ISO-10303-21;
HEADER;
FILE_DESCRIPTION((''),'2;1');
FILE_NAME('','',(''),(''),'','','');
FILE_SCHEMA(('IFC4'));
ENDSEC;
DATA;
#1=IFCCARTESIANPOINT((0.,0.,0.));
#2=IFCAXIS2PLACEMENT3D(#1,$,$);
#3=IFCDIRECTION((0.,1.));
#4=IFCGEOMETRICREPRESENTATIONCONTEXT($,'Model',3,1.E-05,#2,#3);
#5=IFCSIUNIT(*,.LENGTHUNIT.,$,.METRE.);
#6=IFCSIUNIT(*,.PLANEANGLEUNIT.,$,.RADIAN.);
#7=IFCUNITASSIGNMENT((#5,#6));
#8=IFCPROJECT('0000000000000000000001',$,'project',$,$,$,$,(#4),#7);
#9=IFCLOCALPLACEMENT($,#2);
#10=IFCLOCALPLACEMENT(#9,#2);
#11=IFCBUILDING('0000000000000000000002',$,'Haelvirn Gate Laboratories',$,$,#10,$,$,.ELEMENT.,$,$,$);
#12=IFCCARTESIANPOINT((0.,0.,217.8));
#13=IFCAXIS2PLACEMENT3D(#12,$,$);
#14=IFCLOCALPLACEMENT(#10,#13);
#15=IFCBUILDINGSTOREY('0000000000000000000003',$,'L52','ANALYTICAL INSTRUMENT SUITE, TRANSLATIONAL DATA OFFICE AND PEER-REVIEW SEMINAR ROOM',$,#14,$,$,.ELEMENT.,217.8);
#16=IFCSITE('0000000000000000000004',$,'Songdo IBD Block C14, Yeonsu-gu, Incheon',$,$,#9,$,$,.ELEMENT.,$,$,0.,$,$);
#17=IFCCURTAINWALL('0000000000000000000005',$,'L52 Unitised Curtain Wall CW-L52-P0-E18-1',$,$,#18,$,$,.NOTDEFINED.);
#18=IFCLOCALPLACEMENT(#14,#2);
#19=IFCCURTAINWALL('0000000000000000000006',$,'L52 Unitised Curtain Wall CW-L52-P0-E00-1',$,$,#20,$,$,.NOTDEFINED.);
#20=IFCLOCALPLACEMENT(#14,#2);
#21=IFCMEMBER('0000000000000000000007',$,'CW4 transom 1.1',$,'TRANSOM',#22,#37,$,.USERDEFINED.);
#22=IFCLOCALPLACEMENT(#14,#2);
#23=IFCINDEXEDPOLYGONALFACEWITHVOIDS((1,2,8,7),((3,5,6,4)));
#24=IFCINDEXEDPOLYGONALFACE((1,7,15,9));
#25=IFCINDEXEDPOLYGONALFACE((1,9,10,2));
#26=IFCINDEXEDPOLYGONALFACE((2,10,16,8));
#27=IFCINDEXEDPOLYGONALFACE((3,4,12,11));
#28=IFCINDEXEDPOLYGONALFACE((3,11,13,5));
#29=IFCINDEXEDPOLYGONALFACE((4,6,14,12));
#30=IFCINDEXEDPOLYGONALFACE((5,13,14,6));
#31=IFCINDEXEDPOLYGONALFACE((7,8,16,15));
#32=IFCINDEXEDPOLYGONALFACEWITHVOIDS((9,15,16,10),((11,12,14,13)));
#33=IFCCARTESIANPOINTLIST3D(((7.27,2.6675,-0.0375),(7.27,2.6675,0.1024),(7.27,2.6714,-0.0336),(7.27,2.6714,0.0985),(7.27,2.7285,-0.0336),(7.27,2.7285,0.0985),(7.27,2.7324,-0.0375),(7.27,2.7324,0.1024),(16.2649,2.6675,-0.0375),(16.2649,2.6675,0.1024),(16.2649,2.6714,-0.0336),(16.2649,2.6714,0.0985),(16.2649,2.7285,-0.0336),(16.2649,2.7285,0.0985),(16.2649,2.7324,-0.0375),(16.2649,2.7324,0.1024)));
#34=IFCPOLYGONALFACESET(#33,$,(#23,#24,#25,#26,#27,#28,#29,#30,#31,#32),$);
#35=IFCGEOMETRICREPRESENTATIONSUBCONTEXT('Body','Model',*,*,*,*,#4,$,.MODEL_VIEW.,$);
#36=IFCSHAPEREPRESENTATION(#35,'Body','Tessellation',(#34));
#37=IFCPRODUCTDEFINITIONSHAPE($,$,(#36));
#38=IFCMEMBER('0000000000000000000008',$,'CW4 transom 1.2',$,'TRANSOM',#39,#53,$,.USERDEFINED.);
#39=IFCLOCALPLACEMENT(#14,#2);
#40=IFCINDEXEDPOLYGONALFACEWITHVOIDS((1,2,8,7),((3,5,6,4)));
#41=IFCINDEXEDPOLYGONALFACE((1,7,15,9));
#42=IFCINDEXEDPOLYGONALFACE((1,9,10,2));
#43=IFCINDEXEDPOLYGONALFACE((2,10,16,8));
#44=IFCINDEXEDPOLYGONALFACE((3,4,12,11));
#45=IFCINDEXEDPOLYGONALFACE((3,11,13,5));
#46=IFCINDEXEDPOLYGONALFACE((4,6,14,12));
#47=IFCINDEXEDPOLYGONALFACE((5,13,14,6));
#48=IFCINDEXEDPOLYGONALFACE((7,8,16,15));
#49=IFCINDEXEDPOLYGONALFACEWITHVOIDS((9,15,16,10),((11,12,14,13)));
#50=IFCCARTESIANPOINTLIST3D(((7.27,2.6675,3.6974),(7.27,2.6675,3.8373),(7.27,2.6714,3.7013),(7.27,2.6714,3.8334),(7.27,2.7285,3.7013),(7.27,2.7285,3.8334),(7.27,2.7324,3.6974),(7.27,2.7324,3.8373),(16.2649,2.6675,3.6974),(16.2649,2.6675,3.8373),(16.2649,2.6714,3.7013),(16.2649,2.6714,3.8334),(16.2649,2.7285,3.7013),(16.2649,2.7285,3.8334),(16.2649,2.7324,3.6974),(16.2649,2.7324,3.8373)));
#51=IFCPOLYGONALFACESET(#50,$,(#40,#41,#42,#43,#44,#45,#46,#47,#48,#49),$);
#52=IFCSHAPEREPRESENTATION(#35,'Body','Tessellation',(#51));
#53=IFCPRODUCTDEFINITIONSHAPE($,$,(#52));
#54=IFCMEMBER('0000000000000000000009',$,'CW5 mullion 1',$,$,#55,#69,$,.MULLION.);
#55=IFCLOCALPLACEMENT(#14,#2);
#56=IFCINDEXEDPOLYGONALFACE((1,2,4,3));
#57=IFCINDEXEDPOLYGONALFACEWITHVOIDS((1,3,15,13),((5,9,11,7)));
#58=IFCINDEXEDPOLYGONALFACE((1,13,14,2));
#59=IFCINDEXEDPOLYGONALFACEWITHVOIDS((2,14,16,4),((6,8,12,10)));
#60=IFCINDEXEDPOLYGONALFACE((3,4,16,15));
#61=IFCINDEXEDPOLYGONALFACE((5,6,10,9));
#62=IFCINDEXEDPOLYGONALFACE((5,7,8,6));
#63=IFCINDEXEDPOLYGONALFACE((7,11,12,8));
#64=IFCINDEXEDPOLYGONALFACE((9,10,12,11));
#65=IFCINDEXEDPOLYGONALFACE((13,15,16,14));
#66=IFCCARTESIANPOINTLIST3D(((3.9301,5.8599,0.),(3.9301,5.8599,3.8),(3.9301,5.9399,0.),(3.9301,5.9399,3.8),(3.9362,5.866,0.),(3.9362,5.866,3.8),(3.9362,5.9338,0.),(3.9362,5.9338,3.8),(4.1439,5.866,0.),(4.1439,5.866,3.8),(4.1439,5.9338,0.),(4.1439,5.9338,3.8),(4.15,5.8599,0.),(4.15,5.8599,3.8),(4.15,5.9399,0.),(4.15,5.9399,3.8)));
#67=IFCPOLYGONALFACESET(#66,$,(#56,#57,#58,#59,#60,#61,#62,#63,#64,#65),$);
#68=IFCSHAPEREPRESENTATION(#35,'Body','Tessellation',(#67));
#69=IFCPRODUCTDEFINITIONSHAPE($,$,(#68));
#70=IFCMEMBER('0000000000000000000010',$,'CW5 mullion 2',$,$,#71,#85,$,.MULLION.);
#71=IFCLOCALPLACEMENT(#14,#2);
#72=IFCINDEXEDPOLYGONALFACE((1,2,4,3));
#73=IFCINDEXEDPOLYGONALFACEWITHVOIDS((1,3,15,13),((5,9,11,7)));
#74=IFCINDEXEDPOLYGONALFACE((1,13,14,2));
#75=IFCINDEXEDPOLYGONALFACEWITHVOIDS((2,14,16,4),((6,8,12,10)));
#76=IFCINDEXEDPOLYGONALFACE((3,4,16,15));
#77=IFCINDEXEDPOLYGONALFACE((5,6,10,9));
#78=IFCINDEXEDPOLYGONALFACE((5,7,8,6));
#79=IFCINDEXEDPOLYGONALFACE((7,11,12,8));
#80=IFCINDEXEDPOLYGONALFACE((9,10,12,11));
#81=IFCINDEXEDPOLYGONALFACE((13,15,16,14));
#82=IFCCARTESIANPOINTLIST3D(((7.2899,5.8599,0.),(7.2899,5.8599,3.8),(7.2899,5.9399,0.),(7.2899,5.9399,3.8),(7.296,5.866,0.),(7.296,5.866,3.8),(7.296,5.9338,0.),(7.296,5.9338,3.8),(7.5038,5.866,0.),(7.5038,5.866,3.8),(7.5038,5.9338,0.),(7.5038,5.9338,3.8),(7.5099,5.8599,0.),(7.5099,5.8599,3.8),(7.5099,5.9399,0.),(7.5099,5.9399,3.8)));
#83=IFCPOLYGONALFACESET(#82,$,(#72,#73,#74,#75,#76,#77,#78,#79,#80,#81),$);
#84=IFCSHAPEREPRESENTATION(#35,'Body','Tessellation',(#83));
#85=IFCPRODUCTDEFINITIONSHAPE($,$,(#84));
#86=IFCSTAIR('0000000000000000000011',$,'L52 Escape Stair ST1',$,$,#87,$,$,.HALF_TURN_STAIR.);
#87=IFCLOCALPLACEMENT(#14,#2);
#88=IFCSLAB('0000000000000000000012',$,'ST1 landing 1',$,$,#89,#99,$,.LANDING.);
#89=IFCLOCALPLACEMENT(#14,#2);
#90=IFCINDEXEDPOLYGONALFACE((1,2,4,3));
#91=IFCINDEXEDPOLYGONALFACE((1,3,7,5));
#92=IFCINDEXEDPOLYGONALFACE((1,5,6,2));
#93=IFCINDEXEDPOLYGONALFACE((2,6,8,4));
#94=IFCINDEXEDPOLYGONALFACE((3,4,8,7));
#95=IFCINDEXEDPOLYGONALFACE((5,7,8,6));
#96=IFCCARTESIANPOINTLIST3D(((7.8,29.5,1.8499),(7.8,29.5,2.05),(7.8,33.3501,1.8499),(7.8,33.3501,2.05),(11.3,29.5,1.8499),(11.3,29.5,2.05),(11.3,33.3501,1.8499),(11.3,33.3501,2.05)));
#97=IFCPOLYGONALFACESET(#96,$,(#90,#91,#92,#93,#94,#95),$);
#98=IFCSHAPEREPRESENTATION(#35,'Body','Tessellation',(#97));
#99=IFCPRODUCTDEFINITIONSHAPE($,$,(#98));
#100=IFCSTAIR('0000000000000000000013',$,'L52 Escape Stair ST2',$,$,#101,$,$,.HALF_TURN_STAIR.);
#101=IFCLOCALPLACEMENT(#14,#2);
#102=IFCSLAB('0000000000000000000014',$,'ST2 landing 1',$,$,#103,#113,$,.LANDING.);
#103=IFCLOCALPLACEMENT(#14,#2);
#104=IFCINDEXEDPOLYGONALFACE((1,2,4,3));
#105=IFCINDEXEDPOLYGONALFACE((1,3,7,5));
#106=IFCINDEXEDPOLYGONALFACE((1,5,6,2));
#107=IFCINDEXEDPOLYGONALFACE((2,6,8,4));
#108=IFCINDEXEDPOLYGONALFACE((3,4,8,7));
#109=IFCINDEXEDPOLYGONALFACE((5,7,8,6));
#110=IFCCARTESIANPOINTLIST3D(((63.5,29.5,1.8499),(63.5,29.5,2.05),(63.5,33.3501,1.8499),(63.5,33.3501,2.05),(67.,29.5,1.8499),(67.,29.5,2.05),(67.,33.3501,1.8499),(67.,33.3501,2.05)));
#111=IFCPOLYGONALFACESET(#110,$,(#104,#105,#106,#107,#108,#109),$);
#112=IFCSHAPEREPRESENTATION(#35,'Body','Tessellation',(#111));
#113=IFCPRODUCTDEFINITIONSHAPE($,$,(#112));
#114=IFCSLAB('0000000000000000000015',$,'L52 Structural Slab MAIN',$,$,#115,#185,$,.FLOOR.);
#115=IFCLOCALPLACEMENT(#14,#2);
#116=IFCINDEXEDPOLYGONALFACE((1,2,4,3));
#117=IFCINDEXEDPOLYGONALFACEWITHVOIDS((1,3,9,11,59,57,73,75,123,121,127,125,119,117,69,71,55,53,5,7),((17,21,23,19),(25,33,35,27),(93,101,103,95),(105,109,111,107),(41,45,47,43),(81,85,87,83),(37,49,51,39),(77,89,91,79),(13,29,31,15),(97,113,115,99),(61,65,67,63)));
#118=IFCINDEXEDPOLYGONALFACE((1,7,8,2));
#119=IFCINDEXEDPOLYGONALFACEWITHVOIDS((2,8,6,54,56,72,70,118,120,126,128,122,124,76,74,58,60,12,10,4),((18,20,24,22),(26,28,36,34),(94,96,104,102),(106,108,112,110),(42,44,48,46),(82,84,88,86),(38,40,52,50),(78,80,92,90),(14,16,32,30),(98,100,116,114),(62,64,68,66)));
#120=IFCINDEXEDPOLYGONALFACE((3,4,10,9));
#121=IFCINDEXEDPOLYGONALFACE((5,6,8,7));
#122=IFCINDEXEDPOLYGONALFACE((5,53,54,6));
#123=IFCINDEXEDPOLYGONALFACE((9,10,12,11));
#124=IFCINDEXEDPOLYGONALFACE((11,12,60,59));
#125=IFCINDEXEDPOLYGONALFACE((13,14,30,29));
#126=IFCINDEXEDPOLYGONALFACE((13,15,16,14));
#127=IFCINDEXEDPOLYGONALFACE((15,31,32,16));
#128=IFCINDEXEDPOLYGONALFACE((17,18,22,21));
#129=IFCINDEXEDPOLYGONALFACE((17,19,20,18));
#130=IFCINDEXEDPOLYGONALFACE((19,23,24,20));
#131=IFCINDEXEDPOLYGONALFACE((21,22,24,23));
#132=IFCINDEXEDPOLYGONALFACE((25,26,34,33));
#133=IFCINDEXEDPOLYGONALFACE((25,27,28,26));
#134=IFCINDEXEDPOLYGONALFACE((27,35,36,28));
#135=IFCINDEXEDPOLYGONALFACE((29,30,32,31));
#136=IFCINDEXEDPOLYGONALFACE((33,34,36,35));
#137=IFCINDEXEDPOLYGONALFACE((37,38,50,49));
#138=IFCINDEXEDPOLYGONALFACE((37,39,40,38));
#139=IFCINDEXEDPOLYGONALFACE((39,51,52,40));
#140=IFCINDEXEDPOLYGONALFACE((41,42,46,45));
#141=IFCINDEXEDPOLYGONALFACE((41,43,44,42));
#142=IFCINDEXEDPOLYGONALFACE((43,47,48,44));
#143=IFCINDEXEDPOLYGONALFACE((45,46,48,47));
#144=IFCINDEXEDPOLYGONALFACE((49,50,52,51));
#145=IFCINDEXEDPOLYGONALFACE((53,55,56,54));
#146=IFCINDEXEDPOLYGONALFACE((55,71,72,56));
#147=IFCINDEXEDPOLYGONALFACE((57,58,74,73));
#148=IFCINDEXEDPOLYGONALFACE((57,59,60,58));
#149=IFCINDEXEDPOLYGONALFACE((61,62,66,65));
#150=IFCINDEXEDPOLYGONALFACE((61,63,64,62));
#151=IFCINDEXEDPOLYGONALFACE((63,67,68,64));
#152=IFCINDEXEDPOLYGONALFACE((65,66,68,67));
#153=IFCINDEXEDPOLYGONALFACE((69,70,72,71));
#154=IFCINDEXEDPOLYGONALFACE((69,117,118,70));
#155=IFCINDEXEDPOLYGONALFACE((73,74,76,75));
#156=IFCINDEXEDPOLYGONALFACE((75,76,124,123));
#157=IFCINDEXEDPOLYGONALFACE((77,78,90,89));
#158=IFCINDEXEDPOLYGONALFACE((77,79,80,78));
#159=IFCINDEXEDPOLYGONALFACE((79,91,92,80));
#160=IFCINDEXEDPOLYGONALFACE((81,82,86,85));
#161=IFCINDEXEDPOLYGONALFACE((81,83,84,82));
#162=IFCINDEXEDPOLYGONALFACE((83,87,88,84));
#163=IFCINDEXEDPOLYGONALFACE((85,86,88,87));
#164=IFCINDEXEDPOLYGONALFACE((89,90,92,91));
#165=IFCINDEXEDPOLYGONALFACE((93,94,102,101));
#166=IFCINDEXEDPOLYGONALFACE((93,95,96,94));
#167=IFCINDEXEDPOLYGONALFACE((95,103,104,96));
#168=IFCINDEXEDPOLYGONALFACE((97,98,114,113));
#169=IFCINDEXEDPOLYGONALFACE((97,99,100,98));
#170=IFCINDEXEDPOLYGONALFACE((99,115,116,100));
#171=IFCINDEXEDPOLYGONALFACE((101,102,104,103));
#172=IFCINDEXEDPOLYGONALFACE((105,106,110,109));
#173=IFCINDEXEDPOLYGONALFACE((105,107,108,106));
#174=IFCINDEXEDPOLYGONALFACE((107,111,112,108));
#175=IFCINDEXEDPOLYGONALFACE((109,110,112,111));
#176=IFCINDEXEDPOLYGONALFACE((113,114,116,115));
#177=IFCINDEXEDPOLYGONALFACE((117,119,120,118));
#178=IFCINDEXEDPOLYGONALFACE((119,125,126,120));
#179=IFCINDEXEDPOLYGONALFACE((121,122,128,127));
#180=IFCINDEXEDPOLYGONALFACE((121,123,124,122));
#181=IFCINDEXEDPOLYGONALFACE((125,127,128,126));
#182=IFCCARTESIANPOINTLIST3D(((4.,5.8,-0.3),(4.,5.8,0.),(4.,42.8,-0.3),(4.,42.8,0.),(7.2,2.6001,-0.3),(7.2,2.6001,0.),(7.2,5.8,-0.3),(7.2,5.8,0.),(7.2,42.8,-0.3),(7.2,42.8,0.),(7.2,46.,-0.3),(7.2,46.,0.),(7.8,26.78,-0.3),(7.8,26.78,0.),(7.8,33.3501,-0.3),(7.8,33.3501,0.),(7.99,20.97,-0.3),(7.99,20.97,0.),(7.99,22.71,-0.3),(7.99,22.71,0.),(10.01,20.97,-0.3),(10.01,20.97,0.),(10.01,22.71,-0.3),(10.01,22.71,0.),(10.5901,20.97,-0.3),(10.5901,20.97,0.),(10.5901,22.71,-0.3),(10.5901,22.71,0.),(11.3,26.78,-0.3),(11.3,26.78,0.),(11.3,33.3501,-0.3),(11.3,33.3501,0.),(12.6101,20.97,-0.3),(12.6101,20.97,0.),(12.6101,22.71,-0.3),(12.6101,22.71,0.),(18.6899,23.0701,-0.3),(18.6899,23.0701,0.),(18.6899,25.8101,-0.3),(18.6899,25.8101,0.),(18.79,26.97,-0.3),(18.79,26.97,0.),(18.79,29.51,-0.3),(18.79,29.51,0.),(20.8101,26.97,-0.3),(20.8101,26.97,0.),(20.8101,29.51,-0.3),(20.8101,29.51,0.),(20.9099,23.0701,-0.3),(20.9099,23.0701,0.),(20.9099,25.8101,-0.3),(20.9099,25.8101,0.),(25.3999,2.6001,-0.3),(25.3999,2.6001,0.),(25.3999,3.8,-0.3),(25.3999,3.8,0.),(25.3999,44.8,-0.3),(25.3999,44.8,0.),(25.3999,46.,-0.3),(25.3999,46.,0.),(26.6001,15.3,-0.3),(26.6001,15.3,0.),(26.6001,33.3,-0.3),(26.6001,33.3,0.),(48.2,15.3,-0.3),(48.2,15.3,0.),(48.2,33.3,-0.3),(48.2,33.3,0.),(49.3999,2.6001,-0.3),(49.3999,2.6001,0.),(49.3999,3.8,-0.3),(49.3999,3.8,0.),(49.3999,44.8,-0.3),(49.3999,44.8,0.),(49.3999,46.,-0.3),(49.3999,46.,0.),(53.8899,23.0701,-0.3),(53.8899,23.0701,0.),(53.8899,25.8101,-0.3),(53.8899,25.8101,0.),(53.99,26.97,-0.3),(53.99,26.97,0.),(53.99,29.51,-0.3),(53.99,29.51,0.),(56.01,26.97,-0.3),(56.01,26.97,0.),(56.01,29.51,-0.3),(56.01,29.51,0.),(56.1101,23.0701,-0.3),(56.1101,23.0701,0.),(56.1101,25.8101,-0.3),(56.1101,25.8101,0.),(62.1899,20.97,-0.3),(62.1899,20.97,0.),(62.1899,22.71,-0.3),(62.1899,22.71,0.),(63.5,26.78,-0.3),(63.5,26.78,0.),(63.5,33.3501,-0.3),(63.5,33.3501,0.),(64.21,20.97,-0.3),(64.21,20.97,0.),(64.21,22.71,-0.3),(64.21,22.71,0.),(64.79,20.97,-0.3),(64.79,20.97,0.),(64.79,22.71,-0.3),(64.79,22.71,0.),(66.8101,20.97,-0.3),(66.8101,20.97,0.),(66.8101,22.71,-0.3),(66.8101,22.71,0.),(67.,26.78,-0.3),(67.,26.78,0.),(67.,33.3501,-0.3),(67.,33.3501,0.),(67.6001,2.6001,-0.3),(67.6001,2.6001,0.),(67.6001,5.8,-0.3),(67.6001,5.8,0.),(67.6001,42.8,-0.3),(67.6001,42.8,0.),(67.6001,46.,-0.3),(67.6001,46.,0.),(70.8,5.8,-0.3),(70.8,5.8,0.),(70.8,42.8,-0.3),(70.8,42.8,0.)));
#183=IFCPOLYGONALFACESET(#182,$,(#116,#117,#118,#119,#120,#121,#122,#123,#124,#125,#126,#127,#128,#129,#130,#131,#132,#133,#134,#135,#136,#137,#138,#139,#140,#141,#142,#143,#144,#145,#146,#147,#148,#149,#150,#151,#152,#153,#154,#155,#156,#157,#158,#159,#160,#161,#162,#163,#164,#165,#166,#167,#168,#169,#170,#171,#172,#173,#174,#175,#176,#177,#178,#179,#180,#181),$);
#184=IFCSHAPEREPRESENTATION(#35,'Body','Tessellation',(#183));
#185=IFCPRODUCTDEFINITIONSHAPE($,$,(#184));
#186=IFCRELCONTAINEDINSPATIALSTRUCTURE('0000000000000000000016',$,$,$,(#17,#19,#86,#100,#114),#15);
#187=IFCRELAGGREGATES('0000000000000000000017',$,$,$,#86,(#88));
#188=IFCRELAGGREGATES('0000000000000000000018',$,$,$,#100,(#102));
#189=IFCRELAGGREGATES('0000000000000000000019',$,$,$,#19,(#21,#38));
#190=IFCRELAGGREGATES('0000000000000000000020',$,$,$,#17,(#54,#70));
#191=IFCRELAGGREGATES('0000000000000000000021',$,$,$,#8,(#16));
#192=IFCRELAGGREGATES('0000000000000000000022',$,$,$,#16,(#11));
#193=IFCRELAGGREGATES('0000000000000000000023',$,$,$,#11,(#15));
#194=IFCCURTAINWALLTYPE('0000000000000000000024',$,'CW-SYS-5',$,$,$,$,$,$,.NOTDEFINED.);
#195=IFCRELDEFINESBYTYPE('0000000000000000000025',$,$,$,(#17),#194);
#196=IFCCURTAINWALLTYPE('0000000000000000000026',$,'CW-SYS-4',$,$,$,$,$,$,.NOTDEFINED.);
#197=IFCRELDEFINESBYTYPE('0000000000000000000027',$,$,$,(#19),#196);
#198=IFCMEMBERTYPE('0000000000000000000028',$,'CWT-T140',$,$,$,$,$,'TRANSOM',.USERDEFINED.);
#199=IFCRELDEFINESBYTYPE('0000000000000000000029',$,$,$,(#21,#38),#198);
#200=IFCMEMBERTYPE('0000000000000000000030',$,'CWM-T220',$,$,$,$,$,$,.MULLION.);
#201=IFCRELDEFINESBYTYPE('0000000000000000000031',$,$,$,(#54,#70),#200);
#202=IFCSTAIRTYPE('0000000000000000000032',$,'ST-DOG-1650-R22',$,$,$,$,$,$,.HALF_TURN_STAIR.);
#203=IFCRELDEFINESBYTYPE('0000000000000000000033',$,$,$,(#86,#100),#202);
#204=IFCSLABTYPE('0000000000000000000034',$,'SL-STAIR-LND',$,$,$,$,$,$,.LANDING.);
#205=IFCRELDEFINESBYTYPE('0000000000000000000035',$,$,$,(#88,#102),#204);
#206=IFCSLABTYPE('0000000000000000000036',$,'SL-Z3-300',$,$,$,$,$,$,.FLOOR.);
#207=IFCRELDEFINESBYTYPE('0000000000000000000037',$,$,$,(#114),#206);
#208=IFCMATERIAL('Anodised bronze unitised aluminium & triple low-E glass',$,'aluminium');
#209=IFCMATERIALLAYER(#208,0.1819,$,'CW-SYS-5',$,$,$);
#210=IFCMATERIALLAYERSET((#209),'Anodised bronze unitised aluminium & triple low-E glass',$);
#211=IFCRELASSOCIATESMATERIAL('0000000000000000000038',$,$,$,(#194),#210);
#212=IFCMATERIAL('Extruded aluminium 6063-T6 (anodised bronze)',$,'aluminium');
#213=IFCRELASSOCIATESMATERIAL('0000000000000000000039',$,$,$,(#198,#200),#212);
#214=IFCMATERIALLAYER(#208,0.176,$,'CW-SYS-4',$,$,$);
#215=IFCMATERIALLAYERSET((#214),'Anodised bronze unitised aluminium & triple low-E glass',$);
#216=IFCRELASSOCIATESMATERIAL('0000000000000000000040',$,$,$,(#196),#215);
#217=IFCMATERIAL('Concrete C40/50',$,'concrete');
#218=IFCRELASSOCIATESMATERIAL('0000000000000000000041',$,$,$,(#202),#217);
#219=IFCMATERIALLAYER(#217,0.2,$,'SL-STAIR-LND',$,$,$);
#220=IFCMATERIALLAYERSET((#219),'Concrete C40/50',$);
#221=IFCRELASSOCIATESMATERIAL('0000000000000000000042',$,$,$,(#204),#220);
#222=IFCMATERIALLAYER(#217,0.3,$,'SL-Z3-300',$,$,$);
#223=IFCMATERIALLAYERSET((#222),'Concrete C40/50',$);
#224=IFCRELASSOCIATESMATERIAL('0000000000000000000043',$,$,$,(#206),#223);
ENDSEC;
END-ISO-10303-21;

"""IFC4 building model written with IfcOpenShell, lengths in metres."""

from ifc_helpers import new_model, si_unit, direction, frame, origin, origin_2d, place, context, subcontext, project, spatial, polyline, hollow_rectangle, outline, extrude, source, transform, mapped, material, layer, layer_set, material_profile, profile_set, type_object, type_shapes, element, aggregate, save


model = new_model("IFC4")

# Units and contexts
model_context = context("Model", 3, precision=1e-05, world=origin(), true_north=direction((0.0, 1.0)))
body_context = subcontext(model_context, "Body", "Model", "MODEL_VIEW")
ifc_project = project(units=[si_unit("LENGTHUNIT", "METRE"), si_unit("PLANEANGLEUNIT", "RADIAN")], contexts=[model_context])

# Site, building, storey
site_placement = place(None, origin())
site = spatial("IfcSite", under=ifc_project, at=site_placement, Name="Songdo IBD Block C14, Yeonsu-gu, Incheon", CompositionType="ELEMENT", RefElevation=0.0)
building_placement = place(site_placement, origin())
building = spatial("IfcBuilding", under=site, at=building_placement, Name="Haelvirn Gate Laboratories", CompositionType="ELEMENT")
storey_placement = place(building_placement, frame((0.0, 0.0, 217.8)))
storey = spatial("IfcBuildingStorey", under=building, at=storey_placement, Name="L52", Description="ANALYTICAL INSTRUMENT SUITE, TRANSLATIONAL DATA OFFICE AND PEER-REVIEW SEMINAR ROOM", CompositionType="ELEMENT", Elevation=217.8)

# Curtain wall
ifc_material_1 = material(Name="Anodised bronze unitised aluminium & triple low-E glass", Category="aluminium")
ifc_layer_1 = layer(ifc_material_1, 0.1819, Name="CW-SYS-5")
ifc_layer_set_1 = layer_set([ifc_layer_1], Name="Anodised bronze unitised aluminium & triple low-E glass")
curtain_wall_type_1 = type_object("IfcCurtainWallType", Name="CW-SYS-5", PredefinedType="NOTDEFINED", material=ifc_layer_set_1)
curtain_wall_1_placement = place(storey_placement, origin())
curtain_wall_1 = element("IfcCurtainWall", 1, at=curtain_wall_1_placement, inside=storey, type_object=curtain_wall_type_1, Name="L52 Unitised Curtain Wall CW-L52-P0-E18-1", PredefinedType="NOTDEFINED")
ifc_material_2 = material(Name="Extruded aluminium 6063-T6 (anodised bronze)", Category="aluminium")
ifc_material_profile_1 = material_profile(ifc_material_2, hollow_rectangle(XDim=0.0649, YDim=0.1399, WallThickness=0.0039, at=origin_2d()), Name="CWT-140x65x4")
ifc_profile_set_1 = profile_set([ifc_material_profile_1], Name="Extruded aluminium 6063-T6 (anodised bronze)")
member_type_1 = type_object("IfcMemberType", Name="CWT-T140", ElementType="TRANSOM", PredefinedType="USERDEFINED", material=ifc_profile_set_1)

# Curtain wall
ifc_layer_2 = layer(ifc_material_1, 0.176, Name="CW-SYS-4")
ifc_layer_set_2 = layer_set([ifc_layer_2], Name="Anodised bronze unitised aluminium & triple low-E glass")
curtain_wall_type_2 = type_object("IfcCurtainWallType", Name="CW-SYS-4", PredefinedType="NOTDEFINED", material=ifc_layer_set_2)
curtain_wall_2_placement = place(storey_placement, origin())
curtain_wall_2 = element("IfcCurtainWall", 2, at=curtain_wall_2_placement, inside=storey, type_object=curtain_wall_type_2, Name="L52 Unitised Curtain Wall CW-L52-P0-E00-1", PredefinedType="NOTDEFINED")

# Members
shared_shape_1 = source(origin(), body_context, "Body", "SweptSolid", [
    extrude(hollow_rectangle(XDim=0.0649, YDim=0.1399, WallThickness=0.0039, at=origin_2d()), origin(), (0.0, 0.0, 1.0), 8.9949),
])
member_1_placement = place(storey_placement, frame((7.27, 2.7, 0.0325), z_axis=(1.0, 0.0, 0.0), x_axis=(0.0, 1.0, 0.0)))
member_1 = element("IfcMember", 3, at=member_1_placement, type_object=member_type_1, Name="CW4 transom 1.1", ObjectType="TRANSOM", PredefinedType="USERDEFINED", context=body_context, shape_type="MappedRepresentation", body=[
    mapped(shared_shape_1, transform((0.0, 0.0, 0.0), scale=1.0)),
])
member_2_placement = place(storey_placement, frame((7.27, 2.7, 3.7673), z_axis=(1.0, 0.0, 0.0), x_axis=(0.0, 1.0, 0.0)))
member_2 = element("IfcMember", 4, at=member_2_placement, type_object=member_type_1, Name="CW4 transom 1.2", ObjectType="TRANSOM", PredefinedType="USERDEFINED", context=body_context, shape_type="MappedRepresentation", body=[
    mapped(shared_shape_1, transform((0.0, 0.0, 0.0), scale=1.0)),
])
ifc_material_profile_2 = material_profile(ifc_material_2, hollow_rectangle(XDim=0.0801, YDim=0.22, WallThickness=0.0061, at=origin_2d()), Name="CWM-220x80x6")
ifc_profile_set_2 = profile_set([ifc_material_profile_2], Name="Extruded aluminium 6063-T6 (anodised bronze)")
member_type_2 = type_object("IfcMemberType", Name="CWM-T220", PredefinedType="MULLION", material=ifc_profile_set_2)
shared_shape_2 = source(origin(), body_context, "Body", "SweptSolid", [
    extrude(hollow_rectangle(XDim=0.0801, YDim=0.22, WallThickness=0.0061, at=origin_2d()), origin(), (0.0, 0.0, 1.0), 3.8),
])
type_shapes(member_type_2, [shared_shape_2])
member_3_placement = place(storey_placement, frame((4.04, 5.8999, 0.0), z_axis=(0.0, 0.0, 1.0), x_axis=(0.0, 1.0, 0.0)))
member_3 = element("IfcMember", 5, at=member_3_placement, type_object=member_type_2, Name="CW5 mullion 1", PredefinedType="MULLION", context=body_context, shape_type="MappedRepresentation", body=[
    mapped(shared_shape_2, transform((0.0, 0.0, 0.0), scale=1.0)),
])
member_4_placement = place(storey_placement, frame((7.3999, 5.8999, 0.0), z_axis=(0.0, 0.0, 1.0), x_axis=(0.0, 1.0, 0.0)))
member_4 = element("IfcMember", 6, at=member_4_placement, type_object=member_type_2, Name="CW5 mullion 2", PredefinedType="MULLION", context=body_context, shape_type="MappedRepresentation", body=[
    mapped(shared_shape_2, transform((0.0, 0.0, 0.0), scale=1.0)),
])

# Stairs, slabs
ifc_material_3 = material(Name="Concrete C40/50", Category="concrete")
stair_type = type_object("IfcStairType", Name="ST-DOG-1650-R22", PredefinedType="HALF_TURN_STAIR", material=ifc_material_3)
stair_1_placement = place(storey_placement, origin())
stair_1 = element("IfcStair", 7, at=stair_1_placement, inside=storey, type_object=stair_type, Name="L52 Escape Stair ST1", PredefinedType="HALF_TURN_STAIR")
ifc_layer_3 = layer(ifc_material_3, 0.2, Name="SL-STAIR-LND")
ifc_layer_set_3 = layer_set([ifc_layer_3], Name="Concrete C40/50")
slab_type_1 = type_object("IfcSlabType", Name="SL-STAIR-LND", PredefinedType="LANDING", material=ifc_layer_set_3)
slab_1_placement = place(storey_placement, frame((0.0, 0.0, 1.8499)))
slab_1 = element("IfcSlab", 8, at=slab_1_placement, type_object=slab_type_1, Name="ST1 landing 1", PredefinedType="LANDING", context=body_context, shape_type="SweptSolid", body=[
    extrude(outline(polyline([(11.3, 29.5), (11.3, 33.3501), (7.8, 33.3501), (7.8, 29.5), (11.3, 29.5)])), origin(), (0.0, 0.0, 1.0), 0.2002),
])
aggregate(stair_1, [slab_1])
stair_2_placement = place(storey_placement, origin())
stair_2 = element("IfcStair", 9, at=stair_2_placement, inside=storey, type_object=stair_type, Name="L52 Escape Stair ST2", PredefinedType="HALF_TURN_STAIR")
slab_2_placement = place(storey_placement, frame((0.0, 0.0, 1.8499)))
slab_2 = element("IfcSlab", 10, at=slab_2_placement, type_object=slab_type_1, Name="ST2 landing 1", PredefinedType="LANDING", context=body_context, shape_type="SweptSolid", body=[
    extrude(outline(polyline([(67.0, 29.5), (67.0, 33.3501), (63.5, 33.3501), (63.5, 29.5), (67.0, 29.5)])), origin(), (0.0, 0.0, 1.0), 0.2002),
])
aggregate(stair_2, [slab_2])

# Slab
ifc_layer_4 = layer(ifc_material_3, 0.3, Name="SL-Z3-300")
ifc_layer_set_4 = layer_set([ifc_layer_4], Name="Concrete C40/50")
slab_type_2 = type_object("IfcSlabType", Name="SL-Z3-300", PredefinedType="FLOOR", material=ifc_layer_set_4)
slab_3_placement = place(storey_placement, frame((0.0, 0.0, -0.3)))
element("IfcSlab", 11, at=slab_3_placement, inside=storey, type_object=slab_type_2, Name="L52 Structural Slab MAIN", PredefinedType="FLOOR", context=body_context, shape_type="SweptSolid", body=[
    extrude(outline(polyline([(7.2, 2.6001), (25.3999, 2.6001), (25.3999, 3.8), (49.3999, 3.8), (49.3999, 2.6001), (67.6001, 2.6001), (67.6001, 5.8), (70.8, 5.8), (70.8, 42.8), (67.6001, 42.8), (67.6001, 46.0), (49.3999, 46.0), (49.3999, 44.8), (25.3999, 44.8), (25.3999, 46.0), (7.2, 46.0), (7.2, 42.8), (4.0, 42.8), (4.0, 5.8), (7.2, 5.8), (7.2, 2.6001)]), holes=[polyline([(26.6001, 15.3), (48.2, 15.3), (48.2, 33.3), (26.6001, 33.3), (26.6001, 15.3)]), polyline([(11.3, 26.78), (11.3, 33.3501), (7.8, 33.3501), (7.8, 26.78), (11.3, 26.78)]), polyline([(67.0, 26.78), (67.0, 33.3501), (63.5, 33.3501), (63.5, 26.78), (67.0, 26.78)]), polyline([(7.99, 20.97), (10.01, 20.97), (10.01, 22.71), (7.99, 22.71), (7.99, 20.97)]), polyline([(10.5901, 20.97), (12.6101, 20.97), (12.6101, 22.71), (10.5901, 22.71), (10.5901, 20.97)]), polyline([(18.79, 26.97), (20.8101, 26.97), (20.8101, 29.51), (18.79, 29.51), (18.79, 26.97)]), polyline([(18.6899, 23.0701), (20.9099, 23.0701), (20.9099, 25.8101), (18.6899, 25.8101), (18.6899, 23.0701)]), polyline([(64.79, 20.97), (66.8101, 20.97), (66.8101, 22.71), (64.79, 22.71), (64.79, 20.97)]), polyline([(62.1899, 20.97), (64.21, 20.97), (64.21, 22.71), (62.1899, 22.71), (62.1899, 20.97)]), polyline([(53.99, 26.97), (56.01, 26.97), (56.01, 29.51), (53.99, 29.51), (53.99, 26.97)]), polyline([(53.8899, 23.0701), (56.1101, 23.0701), (56.1101, 25.8101), (53.8899, 25.8101), (53.8899, 23.0701)])]), origin(), (0.0, 0.0, 1.0), 0.3),
])

aggregate(curtain_wall_2, [member_1, member_2])
aggregate(curtain_wall_1, [member_3, member_4])

save(model, "model.ifc")
